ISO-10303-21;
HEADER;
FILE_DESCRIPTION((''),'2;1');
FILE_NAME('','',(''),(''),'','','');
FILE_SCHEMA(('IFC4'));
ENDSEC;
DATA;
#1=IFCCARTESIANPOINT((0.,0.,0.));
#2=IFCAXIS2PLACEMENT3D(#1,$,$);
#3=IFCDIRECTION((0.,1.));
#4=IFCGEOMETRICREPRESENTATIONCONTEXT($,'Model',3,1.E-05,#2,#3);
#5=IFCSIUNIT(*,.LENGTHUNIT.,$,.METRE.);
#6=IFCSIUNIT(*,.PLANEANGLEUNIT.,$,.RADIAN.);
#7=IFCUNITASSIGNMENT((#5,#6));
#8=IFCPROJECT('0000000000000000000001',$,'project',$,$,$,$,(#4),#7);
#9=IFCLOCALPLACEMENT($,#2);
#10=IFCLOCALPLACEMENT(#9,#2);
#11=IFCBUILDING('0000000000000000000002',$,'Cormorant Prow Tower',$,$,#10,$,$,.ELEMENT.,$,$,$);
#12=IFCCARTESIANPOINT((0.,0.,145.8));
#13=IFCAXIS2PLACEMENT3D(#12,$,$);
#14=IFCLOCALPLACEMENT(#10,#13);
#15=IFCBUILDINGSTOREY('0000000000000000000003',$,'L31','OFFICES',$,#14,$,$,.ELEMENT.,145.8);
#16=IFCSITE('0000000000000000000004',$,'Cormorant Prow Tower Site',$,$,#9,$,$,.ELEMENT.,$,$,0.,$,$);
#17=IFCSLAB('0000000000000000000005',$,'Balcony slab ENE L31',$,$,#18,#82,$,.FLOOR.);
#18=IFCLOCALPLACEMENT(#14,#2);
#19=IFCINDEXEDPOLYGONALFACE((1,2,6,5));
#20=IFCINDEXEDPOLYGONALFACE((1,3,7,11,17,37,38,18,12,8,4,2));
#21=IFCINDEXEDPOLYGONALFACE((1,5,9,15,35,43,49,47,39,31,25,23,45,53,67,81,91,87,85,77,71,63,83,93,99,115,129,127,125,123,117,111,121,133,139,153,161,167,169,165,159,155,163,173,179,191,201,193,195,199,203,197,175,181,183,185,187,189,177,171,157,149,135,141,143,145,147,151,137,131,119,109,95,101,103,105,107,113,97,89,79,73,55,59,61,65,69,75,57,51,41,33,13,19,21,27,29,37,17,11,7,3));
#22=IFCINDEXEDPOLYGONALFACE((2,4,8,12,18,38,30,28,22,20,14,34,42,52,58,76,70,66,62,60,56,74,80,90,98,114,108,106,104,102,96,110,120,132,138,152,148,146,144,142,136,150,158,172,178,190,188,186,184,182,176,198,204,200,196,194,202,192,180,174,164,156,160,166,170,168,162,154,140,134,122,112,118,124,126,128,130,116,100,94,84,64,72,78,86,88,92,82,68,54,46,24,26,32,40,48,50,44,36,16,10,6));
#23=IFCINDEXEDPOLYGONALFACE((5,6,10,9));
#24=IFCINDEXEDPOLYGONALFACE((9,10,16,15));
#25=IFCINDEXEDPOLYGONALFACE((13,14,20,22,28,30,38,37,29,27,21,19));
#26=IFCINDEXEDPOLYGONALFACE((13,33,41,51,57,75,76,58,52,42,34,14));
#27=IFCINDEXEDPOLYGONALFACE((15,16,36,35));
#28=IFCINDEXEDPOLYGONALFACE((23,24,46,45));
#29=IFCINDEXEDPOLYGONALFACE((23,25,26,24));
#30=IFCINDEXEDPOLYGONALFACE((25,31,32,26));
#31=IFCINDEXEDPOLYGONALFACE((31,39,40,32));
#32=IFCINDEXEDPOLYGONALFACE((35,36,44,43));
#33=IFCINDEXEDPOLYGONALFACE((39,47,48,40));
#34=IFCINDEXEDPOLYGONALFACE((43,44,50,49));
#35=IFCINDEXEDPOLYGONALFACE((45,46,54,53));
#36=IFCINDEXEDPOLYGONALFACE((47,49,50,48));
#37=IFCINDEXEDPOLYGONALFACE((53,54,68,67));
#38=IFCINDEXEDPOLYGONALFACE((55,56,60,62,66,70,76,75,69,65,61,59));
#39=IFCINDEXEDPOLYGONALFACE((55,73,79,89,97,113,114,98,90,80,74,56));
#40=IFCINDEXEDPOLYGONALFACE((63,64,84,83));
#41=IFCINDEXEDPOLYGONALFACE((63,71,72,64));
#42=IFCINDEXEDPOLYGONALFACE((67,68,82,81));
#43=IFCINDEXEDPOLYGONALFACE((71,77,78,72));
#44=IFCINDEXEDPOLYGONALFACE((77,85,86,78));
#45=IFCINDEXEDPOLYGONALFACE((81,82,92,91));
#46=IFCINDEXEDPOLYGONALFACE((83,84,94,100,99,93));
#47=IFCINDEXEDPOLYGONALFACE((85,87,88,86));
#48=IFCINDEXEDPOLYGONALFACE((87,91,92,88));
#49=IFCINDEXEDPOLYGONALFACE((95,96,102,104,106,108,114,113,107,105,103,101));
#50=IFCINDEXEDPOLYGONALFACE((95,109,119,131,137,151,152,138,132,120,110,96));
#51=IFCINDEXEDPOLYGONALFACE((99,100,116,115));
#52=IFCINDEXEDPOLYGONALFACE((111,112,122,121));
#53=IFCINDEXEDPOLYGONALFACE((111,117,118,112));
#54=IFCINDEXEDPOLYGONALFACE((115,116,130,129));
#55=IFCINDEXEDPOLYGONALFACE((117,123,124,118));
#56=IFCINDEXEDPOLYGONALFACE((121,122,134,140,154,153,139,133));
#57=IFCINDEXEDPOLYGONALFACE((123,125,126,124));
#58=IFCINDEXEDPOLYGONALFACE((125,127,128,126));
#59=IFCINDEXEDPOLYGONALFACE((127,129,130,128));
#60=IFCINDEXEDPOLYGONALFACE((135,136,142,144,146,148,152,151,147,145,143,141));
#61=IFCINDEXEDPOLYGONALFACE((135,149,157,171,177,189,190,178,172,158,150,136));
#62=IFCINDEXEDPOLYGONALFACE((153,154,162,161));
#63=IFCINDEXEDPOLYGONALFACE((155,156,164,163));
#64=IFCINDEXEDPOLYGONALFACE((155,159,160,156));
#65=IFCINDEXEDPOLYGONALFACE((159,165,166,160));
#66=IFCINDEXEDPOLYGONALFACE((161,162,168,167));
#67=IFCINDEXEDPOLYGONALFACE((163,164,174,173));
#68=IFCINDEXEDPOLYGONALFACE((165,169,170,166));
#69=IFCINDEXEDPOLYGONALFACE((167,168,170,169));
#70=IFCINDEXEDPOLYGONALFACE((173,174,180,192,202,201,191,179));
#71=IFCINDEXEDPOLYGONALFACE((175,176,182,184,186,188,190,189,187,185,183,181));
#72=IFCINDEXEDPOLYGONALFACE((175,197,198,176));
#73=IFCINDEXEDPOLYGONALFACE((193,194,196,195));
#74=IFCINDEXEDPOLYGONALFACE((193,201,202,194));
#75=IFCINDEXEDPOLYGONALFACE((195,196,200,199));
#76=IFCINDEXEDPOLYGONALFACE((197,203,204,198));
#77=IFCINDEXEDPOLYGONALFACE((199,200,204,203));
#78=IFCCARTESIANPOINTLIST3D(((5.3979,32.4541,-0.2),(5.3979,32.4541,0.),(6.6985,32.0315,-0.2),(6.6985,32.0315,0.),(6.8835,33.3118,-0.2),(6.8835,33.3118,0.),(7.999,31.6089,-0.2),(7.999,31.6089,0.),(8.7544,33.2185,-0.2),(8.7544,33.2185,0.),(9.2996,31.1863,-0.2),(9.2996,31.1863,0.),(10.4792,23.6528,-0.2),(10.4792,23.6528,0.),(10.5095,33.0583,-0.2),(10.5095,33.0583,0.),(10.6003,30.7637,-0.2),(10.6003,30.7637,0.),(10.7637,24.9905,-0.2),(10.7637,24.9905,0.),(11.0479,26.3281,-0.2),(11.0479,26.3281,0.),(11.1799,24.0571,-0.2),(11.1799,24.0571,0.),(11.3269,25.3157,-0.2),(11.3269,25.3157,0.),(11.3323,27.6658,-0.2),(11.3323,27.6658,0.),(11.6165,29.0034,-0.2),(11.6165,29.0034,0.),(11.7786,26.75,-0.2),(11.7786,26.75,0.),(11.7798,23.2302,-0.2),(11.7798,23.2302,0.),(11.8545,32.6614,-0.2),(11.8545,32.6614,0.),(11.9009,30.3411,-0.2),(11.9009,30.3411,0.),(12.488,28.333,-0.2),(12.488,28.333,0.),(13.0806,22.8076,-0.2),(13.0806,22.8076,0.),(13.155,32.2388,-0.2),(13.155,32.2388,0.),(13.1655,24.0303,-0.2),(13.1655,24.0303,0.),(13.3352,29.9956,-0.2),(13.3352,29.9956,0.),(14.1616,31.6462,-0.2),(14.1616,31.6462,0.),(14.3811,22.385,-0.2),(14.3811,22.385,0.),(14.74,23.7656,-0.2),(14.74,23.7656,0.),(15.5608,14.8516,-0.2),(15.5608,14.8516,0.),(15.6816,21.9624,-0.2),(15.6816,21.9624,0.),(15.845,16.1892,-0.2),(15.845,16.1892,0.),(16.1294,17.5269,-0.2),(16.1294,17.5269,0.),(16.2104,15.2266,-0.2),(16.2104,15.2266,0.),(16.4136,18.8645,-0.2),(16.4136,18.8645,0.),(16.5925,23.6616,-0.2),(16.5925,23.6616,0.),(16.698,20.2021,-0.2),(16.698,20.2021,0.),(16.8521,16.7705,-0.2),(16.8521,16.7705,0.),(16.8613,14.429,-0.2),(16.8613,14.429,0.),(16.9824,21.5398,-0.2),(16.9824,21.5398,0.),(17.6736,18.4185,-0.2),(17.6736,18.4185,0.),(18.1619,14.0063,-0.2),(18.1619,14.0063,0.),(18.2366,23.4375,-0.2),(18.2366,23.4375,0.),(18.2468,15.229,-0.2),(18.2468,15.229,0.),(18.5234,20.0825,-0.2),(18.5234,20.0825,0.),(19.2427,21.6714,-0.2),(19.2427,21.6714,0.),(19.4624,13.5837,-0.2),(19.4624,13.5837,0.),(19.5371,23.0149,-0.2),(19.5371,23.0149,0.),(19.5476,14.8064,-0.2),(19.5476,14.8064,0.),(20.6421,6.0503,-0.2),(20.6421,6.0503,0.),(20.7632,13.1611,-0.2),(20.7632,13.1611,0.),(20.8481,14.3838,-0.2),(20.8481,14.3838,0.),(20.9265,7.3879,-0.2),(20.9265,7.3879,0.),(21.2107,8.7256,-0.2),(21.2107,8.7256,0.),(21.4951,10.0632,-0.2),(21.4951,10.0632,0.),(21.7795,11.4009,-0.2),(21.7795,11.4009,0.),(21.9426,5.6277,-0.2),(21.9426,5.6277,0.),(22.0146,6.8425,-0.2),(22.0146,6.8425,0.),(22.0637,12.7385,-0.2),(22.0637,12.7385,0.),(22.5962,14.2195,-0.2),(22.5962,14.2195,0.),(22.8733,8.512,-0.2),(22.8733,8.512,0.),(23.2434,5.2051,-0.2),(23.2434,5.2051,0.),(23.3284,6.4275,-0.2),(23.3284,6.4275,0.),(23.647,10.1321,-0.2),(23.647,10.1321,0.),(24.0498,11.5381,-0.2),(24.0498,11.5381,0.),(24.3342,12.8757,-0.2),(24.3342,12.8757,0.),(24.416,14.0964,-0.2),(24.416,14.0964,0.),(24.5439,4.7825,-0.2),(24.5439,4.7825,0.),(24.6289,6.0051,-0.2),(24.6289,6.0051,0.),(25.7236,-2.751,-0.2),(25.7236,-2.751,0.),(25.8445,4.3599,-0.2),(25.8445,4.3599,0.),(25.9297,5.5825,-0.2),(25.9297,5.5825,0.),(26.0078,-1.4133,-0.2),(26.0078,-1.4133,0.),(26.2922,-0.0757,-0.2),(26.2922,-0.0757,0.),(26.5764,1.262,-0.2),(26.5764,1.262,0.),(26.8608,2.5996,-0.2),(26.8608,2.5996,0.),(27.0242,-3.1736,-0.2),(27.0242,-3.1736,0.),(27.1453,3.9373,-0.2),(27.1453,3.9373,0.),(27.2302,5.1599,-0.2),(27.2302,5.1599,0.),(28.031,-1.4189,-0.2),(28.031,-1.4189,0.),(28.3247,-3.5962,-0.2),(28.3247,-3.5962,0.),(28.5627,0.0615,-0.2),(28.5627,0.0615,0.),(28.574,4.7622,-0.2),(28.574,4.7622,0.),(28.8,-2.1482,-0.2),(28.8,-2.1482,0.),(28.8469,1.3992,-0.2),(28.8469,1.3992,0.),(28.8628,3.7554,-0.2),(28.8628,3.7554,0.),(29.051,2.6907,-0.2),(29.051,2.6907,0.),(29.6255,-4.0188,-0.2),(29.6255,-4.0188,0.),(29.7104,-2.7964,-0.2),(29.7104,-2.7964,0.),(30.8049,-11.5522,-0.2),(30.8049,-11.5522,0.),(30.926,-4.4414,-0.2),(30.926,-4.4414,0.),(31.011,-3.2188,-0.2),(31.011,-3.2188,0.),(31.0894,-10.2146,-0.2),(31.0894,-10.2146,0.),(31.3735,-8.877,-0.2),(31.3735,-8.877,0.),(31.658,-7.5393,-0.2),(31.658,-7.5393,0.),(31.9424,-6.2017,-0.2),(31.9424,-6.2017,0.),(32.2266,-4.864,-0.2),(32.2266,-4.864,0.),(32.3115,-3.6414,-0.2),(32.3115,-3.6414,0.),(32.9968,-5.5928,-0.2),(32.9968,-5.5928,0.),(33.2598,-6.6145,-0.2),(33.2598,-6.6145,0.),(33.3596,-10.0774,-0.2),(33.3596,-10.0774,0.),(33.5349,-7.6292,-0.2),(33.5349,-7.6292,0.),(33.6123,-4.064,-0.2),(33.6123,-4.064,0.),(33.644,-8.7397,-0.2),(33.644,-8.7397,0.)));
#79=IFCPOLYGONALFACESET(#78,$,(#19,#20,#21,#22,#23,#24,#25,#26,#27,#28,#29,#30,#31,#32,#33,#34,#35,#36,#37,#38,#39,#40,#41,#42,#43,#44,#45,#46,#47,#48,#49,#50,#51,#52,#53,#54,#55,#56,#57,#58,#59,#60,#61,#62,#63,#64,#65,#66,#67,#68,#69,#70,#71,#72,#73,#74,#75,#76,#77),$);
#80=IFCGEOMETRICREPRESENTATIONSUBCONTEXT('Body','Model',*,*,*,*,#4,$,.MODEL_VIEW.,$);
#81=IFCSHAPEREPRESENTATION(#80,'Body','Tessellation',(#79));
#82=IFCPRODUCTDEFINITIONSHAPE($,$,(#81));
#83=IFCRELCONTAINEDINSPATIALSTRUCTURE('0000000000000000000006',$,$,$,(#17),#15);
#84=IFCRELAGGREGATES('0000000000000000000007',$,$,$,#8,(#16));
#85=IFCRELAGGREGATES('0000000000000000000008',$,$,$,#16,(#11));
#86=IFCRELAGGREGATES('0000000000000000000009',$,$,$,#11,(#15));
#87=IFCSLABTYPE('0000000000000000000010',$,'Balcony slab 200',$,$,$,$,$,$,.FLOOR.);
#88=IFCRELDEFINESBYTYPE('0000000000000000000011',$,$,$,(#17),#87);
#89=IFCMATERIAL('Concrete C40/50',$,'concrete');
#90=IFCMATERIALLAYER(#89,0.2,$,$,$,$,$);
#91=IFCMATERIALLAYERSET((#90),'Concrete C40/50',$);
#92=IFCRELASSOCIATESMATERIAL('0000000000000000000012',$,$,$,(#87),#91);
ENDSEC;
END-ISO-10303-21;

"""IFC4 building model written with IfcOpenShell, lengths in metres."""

from ifc_helpers import new_model, si_unit, direction, frame, origin, place, context, subcontext, project, spatial, polyline, outline, extrude, material, layer, layer_set, type_object, element, save


model = new_model("IFC4")

# Units and contexts
model_context = context("Model", 3, precision=1e-05, world=origin(), true_north=direction((0.0, 1.0)))
body_context = subcontext(model_context, "Body", "Model", "MODEL_VIEW")
ifc_project = project(units=[si_unit("LENGTHUNIT", "METRE"), si_unit("PLANEANGLEUNIT", "RADIAN")], contexts=[model_context])

# Site, building, storey
site_placement = place(None, origin())
site = spatial("IfcSite", under=ifc_project, at=site_placement, Name="Cormorant Prow Tower Site", CompositionType="ELEMENT", RefElevation=0.0)
building_placement = place(site_placement, origin())
building = spatial("IfcBuilding", under=site, at=building_placement, Name="Cormorant Prow Tower", CompositionType="ELEMENT")
storey_placement = place(building_placement, frame((0.0, 0.0, 145.8)))
storey = spatial("IfcBuildingStorey", under=building, at=storey_placement, Name="L31", Description="OFFICES", CompositionType="ELEMENT", Elevation=145.8)

# Slab
ifc_material_1 = material(Name="Concrete C40/50", Category="concrete")
ifc_layer_1 = layer(ifc_material_1, 0.2)
ifc_layer_set_1 = layer_set([ifc_layer_1], Name="Concrete C40/50")
slab_type_1 = type_object("IfcSlabType", Name="Balcony slab 200", PredefinedType="FLOOR", material=ifc_layer_set_1)
slab_1_placement = place(storey_placement, frame((0.0, 0.0, -0.2)))
element("IfcSlab", 1, at=slab_1_placement, inside=storey, type_object=slab_type_1, Name="Balcony slab ENE L31", PredefinedType="FLOOR", context=body_context, shape_type="SweptSolid", body=[
    extrude(outline(polyline([(30.8049, -11.5522), (33.3596, -10.0774), (33.644, -8.7397), (33.5349, -7.6292), (33.2598, -6.6145), (32.9968, -5.5928), (33.6123, -4.064), (32.3115, -3.6414), (31.011, -3.2188), (29.7104, -2.7964), (28.8, -2.1482), (28.031, -1.4189), (28.5627, 0.0615), (28.8469, 1.3992), (29.051, 2.6907), (28.8628, 3.7554), (28.574, 4.7622), (27.2302, 5.1599), (25.9297, 5.5825), (24.6289, 6.0051), (23.3284, 6.4275), (22.0146, 6.8425), (22.8733, 8.512), (23.647, 10.1321), (24.0498, 11.5381), (24.3342, 12.8757), (24.416, 14.0964), (22.5962, 14.2195), (20.8481, 14.3838), (19.5476, 14.8064), (18.2468, 15.229), (16.2104, 15.2266), (16.8521, 16.7705), (17.6736, 18.4185), (18.5234, 20.0825), (19.2427, 21.6714), (19.5371, 23.0149), (18.2366, 23.4375), (16.5925, 23.6616), (14.74, 23.7656), (13.1655, 24.0303), (11.1799, 24.0571), (11.3269, 25.3157), (11.7786, 26.75), (12.488, 28.333), (13.3352, 29.9956), (14.1616, 31.6462), (13.155, 32.2388), (11.8545, 32.6614), (10.5095, 33.0583), (8.7544, 33.2185), (6.8835, 33.3118), (5.3979, 32.4541), (6.6985, 32.0315), (7.999, 31.6089), (9.2996, 31.1863), (10.6003, 30.7637), (11.9009, 30.3411), (11.6165, 29.0034), (11.3323, 27.6658), (11.0479, 26.3281), (10.7637, 24.9905), (10.4792, 23.6528), (11.7798, 23.2302), (13.0806, 22.8076), (14.3811, 22.385), (15.6816, 21.9624), (16.9824, 21.5398), (16.698, 20.2021), (16.4136, 18.8645), (16.1294, 17.5269), (15.845, 16.1892), (15.5608, 14.8516), (16.8613, 14.429), (18.1619, 14.0063), (19.4624, 13.5837), (20.7632, 13.1611), (22.0637, 12.7385), (21.7795, 11.4009), (21.4951, 10.0632), (21.2107, 8.7256), (20.9265, 7.3879), (20.6421, 6.0503), (21.9426, 5.6277), (23.2434, 5.2051), (24.5439, 4.7825), (25.8445, 4.3599), (27.1453, 3.9373), (26.8608, 2.5996), (26.5764, 1.262), (26.2922, -0.0757), (26.0078, -1.4133), (25.7236, -2.751), (27.0242, -3.1736), (28.3247, -3.5962), (29.6255, -4.0188), (30.926, -4.4414), (32.2266, -4.864), (31.9424, -6.2017), (31.658, -7.5393), (31.3735, -8.877), (31.0894, -10.2146), (30.8049, -11.5522)])), origin(), (0.0, 0.0, 1.0), 0.2),
])

save(model, "model.ifc")
